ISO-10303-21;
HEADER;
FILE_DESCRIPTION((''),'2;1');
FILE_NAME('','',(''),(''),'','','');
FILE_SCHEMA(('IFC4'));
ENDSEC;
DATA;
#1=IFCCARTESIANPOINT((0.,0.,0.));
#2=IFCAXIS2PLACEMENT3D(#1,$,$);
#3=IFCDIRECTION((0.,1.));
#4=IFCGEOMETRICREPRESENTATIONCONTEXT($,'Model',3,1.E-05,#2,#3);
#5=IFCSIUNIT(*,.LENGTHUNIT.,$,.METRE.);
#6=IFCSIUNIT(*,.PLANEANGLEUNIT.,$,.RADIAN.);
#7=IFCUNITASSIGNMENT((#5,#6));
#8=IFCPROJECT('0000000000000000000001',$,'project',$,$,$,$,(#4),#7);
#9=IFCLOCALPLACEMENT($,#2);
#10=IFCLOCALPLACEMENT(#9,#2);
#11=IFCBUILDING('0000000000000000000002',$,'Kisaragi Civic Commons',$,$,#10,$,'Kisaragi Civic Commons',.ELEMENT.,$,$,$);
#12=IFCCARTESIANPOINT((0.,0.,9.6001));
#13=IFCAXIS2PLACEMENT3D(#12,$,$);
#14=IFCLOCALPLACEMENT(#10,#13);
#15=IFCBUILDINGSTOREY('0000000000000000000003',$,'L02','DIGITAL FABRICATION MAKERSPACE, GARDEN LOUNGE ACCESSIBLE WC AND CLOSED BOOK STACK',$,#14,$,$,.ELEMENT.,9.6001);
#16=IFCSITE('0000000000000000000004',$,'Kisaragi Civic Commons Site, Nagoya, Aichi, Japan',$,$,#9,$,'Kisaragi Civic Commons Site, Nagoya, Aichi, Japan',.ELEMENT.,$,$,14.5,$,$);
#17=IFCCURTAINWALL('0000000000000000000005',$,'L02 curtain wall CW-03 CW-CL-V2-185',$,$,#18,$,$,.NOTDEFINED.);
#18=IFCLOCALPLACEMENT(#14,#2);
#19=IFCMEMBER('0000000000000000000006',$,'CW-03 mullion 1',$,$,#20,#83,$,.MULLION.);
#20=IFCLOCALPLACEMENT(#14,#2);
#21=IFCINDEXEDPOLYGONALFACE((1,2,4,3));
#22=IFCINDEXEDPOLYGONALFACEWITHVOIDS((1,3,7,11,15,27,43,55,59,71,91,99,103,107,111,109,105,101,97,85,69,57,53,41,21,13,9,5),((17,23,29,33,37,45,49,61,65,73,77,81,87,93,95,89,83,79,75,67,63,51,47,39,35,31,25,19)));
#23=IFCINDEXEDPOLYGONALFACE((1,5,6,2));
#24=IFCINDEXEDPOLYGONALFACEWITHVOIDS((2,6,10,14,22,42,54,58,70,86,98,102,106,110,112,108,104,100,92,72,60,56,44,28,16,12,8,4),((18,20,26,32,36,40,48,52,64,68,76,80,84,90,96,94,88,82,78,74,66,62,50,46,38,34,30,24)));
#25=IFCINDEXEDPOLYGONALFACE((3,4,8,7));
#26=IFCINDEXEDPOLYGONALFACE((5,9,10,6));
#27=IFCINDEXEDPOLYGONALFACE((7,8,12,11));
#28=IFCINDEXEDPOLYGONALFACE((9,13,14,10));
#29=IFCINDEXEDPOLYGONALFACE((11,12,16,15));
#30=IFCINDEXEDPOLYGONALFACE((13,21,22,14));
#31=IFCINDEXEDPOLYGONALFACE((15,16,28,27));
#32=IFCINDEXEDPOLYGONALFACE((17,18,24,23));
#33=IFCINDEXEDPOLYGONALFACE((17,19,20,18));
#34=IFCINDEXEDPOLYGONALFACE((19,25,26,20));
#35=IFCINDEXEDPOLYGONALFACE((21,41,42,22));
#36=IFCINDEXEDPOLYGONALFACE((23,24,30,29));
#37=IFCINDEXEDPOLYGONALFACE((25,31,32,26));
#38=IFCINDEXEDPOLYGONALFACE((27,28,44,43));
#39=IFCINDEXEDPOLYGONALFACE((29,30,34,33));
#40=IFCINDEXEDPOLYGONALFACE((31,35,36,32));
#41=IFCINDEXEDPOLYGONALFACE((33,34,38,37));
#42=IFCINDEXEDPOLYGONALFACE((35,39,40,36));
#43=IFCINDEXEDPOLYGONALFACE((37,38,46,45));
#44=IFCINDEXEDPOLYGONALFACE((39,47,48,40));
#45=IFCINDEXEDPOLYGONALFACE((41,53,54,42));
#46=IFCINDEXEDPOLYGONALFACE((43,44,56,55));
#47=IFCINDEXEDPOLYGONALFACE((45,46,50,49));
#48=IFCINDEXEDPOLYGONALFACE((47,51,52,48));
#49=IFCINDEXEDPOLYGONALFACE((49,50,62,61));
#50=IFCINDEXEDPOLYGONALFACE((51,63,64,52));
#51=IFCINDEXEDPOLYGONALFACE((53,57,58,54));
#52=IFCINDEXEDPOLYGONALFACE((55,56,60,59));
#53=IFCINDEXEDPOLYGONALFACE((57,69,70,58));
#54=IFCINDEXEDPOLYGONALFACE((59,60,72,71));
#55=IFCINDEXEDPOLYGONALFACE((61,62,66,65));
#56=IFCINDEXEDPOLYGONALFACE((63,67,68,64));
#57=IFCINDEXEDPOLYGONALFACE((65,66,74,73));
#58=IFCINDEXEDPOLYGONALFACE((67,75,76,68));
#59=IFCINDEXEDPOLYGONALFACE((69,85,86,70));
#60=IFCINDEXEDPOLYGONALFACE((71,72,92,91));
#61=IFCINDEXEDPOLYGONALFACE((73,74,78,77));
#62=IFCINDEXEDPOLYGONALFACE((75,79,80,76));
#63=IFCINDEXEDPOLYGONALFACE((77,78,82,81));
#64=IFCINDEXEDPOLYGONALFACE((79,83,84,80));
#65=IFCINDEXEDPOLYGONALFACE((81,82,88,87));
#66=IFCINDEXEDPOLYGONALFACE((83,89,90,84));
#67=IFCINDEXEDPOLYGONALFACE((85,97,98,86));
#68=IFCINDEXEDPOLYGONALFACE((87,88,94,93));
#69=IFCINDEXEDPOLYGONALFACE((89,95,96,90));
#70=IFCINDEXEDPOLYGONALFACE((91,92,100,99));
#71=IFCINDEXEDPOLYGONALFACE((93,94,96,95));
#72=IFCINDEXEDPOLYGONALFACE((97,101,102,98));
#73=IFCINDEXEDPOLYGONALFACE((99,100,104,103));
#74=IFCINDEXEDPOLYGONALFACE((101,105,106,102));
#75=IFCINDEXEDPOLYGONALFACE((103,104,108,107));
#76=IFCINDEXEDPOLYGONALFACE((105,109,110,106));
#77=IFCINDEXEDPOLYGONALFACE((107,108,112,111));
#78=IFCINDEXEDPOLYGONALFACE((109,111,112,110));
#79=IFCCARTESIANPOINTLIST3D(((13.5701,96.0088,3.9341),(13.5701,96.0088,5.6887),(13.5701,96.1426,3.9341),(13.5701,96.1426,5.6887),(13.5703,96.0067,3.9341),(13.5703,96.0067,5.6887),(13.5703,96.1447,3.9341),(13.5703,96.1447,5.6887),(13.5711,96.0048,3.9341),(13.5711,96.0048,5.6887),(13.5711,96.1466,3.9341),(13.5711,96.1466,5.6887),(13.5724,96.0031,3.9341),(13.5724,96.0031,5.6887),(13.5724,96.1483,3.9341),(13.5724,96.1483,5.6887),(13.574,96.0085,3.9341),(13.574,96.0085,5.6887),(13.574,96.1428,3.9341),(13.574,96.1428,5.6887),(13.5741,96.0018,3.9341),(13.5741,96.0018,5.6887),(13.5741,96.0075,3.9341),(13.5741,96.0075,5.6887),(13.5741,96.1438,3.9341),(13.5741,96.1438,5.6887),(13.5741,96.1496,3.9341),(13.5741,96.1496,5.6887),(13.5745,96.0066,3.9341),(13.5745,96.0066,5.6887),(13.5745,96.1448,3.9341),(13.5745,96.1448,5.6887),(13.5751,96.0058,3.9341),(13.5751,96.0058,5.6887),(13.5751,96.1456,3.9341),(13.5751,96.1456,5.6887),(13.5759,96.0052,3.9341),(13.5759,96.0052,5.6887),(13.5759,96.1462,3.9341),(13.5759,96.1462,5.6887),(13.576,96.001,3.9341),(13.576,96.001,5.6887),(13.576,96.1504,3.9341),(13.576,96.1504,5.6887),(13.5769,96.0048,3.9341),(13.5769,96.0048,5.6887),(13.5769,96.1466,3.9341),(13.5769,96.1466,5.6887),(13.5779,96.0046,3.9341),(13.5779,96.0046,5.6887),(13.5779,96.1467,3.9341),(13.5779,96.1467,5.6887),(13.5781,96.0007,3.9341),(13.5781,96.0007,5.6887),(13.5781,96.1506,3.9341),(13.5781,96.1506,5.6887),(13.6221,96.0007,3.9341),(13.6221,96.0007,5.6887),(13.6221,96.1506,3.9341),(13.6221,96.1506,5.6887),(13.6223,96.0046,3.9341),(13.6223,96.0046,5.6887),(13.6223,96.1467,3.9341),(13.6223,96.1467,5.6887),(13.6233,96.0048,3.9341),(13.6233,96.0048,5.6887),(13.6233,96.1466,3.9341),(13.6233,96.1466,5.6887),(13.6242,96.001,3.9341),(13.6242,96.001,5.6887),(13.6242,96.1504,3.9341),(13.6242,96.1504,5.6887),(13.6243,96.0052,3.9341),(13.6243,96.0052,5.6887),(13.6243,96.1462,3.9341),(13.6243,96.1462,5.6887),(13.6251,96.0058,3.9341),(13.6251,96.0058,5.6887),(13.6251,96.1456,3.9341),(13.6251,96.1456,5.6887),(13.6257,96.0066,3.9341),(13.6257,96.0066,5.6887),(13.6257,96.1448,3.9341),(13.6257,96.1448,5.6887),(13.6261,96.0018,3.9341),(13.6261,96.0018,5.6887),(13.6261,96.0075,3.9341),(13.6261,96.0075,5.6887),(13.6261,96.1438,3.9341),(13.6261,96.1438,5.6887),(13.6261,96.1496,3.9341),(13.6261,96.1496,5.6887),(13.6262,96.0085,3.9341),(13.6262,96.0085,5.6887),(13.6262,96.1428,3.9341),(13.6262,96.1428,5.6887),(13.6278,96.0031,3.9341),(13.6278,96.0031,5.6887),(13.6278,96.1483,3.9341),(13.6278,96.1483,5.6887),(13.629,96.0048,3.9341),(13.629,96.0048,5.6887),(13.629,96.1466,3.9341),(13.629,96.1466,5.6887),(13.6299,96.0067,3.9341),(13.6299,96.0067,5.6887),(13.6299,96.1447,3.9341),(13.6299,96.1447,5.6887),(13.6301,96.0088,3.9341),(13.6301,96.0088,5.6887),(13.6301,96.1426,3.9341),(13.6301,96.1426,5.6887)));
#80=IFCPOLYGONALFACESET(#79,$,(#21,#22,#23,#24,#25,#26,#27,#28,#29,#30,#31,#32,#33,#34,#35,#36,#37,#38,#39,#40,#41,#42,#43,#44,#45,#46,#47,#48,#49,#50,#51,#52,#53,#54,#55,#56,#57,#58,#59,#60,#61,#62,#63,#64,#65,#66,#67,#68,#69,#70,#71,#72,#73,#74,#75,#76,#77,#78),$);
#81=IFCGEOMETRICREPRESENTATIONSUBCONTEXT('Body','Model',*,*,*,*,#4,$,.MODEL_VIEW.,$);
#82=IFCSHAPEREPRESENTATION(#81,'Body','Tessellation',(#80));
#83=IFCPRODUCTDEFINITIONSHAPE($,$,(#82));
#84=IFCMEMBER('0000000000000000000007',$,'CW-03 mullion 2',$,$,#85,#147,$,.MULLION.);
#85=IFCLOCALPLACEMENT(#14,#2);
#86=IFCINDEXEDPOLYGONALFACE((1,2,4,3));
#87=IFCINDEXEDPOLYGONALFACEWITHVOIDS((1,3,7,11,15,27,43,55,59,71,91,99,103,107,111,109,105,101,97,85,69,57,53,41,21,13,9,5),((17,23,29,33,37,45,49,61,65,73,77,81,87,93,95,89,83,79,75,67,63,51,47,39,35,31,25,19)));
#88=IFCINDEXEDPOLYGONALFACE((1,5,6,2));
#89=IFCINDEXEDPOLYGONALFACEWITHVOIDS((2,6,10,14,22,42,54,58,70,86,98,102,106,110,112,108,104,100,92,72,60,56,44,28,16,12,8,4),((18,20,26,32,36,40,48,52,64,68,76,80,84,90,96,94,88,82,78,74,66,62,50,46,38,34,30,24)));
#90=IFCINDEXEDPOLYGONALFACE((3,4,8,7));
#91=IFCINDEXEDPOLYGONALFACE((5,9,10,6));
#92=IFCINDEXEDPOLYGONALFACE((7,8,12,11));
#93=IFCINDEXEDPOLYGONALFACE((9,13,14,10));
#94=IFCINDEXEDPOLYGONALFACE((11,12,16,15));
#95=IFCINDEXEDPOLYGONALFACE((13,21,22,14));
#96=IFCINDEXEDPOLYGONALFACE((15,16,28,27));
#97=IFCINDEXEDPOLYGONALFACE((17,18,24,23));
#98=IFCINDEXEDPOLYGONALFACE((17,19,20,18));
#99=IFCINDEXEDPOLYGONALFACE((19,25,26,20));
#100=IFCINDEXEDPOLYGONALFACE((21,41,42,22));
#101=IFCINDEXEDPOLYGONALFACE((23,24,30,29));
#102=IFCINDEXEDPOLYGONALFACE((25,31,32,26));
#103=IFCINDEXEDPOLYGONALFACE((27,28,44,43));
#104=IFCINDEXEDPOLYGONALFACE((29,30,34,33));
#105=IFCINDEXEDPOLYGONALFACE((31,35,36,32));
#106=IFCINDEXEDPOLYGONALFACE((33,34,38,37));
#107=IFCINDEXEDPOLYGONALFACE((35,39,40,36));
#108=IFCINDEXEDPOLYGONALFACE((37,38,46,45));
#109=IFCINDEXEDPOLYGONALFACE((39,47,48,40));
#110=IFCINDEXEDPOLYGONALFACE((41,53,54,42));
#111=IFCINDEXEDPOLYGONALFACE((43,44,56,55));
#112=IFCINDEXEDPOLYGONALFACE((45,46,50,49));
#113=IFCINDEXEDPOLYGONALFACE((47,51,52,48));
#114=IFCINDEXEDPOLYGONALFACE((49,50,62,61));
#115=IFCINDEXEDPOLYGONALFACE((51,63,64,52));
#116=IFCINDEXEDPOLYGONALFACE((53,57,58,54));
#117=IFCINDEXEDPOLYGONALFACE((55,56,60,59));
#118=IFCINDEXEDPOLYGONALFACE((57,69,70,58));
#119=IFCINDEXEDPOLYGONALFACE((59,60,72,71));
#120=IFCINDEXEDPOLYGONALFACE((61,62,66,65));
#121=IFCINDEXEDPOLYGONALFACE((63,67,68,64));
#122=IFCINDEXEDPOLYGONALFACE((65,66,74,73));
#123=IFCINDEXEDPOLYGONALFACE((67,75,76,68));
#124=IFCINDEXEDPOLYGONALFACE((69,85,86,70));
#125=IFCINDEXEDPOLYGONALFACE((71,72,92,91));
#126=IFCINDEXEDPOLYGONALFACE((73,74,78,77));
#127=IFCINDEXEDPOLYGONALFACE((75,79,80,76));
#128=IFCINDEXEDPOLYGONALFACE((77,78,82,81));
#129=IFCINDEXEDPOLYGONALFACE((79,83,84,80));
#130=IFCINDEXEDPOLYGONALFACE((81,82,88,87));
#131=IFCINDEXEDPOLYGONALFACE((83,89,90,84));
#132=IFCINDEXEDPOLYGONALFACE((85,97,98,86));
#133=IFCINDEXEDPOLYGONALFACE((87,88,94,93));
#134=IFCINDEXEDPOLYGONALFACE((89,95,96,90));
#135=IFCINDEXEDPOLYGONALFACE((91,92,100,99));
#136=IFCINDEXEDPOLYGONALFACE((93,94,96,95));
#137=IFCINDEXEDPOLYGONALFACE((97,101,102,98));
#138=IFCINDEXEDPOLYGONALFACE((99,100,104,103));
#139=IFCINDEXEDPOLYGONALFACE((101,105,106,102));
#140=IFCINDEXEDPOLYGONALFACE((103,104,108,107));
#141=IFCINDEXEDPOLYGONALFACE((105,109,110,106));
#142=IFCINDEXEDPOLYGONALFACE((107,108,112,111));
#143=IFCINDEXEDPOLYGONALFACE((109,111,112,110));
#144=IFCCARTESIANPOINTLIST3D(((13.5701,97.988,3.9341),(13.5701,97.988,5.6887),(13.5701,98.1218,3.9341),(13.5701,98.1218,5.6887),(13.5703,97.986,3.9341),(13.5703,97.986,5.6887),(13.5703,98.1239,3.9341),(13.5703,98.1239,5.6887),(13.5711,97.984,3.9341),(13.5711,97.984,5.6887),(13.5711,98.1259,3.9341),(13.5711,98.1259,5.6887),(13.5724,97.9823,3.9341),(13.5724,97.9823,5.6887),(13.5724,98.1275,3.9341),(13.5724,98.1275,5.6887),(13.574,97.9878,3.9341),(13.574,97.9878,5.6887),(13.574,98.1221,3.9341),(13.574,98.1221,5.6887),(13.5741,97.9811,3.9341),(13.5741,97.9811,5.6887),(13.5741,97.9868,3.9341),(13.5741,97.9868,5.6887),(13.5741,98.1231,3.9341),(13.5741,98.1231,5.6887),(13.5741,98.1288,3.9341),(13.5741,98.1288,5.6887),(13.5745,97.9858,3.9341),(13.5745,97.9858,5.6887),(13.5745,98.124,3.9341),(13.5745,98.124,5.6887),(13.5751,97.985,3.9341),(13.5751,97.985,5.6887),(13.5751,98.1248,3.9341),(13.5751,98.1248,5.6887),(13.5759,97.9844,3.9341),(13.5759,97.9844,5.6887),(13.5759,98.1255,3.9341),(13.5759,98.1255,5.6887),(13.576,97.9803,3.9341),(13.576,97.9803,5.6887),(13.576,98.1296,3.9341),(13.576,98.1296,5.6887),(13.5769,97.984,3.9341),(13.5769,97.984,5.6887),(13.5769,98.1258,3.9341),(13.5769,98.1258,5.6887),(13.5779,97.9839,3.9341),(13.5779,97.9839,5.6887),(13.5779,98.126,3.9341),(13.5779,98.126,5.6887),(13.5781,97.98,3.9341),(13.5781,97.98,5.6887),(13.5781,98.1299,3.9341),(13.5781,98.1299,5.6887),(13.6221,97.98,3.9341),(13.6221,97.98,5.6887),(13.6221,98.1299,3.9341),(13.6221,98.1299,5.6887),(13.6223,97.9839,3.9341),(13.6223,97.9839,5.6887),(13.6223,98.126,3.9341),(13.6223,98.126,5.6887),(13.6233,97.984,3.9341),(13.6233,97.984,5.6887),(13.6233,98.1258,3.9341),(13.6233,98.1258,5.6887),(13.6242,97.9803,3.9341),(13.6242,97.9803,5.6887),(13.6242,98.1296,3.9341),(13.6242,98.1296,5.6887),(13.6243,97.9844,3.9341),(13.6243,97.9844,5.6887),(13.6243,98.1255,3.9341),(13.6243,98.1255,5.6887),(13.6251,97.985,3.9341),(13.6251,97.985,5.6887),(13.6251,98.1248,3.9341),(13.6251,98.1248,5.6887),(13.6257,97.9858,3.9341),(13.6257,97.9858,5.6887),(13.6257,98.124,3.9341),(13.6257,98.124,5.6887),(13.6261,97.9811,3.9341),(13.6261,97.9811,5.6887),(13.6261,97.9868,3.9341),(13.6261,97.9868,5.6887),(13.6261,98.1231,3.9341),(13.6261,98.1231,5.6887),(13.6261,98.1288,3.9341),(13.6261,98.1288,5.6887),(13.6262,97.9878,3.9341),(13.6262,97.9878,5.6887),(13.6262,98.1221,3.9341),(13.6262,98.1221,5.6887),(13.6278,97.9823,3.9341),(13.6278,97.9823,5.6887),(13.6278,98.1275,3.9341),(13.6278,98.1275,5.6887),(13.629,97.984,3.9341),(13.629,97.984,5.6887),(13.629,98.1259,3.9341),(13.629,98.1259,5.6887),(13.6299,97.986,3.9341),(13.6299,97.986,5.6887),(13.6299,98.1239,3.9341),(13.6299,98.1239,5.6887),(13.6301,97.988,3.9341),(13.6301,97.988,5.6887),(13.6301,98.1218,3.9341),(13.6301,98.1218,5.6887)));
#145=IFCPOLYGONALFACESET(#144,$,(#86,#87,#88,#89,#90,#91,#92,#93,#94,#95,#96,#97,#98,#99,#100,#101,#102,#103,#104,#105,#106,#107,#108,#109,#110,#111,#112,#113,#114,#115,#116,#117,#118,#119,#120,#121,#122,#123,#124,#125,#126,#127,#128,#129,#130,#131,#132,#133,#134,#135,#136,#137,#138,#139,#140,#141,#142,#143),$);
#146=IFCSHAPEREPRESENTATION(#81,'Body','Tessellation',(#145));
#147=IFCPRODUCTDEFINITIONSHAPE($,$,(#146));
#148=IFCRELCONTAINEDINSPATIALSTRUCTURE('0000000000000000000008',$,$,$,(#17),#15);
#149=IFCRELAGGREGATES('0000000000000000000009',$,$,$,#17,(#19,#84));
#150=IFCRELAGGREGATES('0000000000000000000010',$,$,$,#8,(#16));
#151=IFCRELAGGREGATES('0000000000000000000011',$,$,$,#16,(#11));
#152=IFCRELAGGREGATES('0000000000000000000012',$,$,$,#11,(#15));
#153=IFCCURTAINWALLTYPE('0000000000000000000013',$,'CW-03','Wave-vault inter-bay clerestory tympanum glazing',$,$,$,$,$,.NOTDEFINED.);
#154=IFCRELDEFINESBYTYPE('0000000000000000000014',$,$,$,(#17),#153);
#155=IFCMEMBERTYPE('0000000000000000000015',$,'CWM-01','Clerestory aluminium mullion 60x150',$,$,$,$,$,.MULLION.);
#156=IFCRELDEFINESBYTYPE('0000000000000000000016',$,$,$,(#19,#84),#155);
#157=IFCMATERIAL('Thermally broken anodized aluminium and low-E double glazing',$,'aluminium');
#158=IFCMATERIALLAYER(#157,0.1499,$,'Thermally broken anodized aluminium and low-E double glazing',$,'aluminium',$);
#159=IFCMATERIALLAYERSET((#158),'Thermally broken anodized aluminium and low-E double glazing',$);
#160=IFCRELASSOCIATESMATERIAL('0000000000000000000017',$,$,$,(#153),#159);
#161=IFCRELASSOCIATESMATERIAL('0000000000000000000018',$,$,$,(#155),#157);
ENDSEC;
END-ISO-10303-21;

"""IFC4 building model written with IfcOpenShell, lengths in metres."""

from ifc_helpers import new_model, si_unit, direction, frame, origin, origin_2d, place, context, subcontext, project, spatial, hollow_rectangle, extrude, material, layer, layer_set, material_profile, profile_set, type_object, element, aggregate, save


model = new_model("IFC4")

# Units and contexts
model_context = context("Model", 3, precision=1e-05, world=origin(), true_north=direction((0.0, 1.0)))
body_context = subcontext(model_context, "Body", "Model", "MODEL_VIEW")
ifc_project = project(units=[si_unit("LENGTHUNIT", "METRE"), si_unit("PLANEANGLEUNIT", "RADIAN")], contexts=[model_context])

# Site, building, storey
site_placement = place(None, origin())
site = spatial("IfcSite", under=ifc_project, at=site_placement, Name="Kisaragi Civic Commons Site, Nagoya, Aichi, Japan", LongName="Kisaragi Civic Commons Site, Nagoya, Aichi, Japan", CompositionType="ELEMENT", RefElevation=14.5)
building_placement = place(site_placement, origin())
building = spatial("IfcBuilding", under=site, at=building_placement, Name="Kisaragi Civic Commons", LongName="Kisaragi Civic Commons", CompositionType="ELEMENT")
storey_placement = place(building_placement, frame((0.0, 0.0, 9.6001)))
storey = spatial("IfcBuildingStorey", under=building, at=storey_placement, Name="L02", Description="DIGITAL FABRICATION MAKERSPACE, GARDEN LOUNGE ACCESSIBLE WC AND CLOSED BOOK STACK", CompositionType="ELEMENT", Elevation=9.6001)

# Curtain wall, members
ifc_material_1 = material(Name="Thermally broken anodized aluminium and low-E double glazing", Category="aluminium")
ifc_layer_1 = layer(ifc_material_1, 0.1499, Name="Thermally broken anodized aluminium and low-E double glazing", Category="aluminium")
ifc_layer_set_1 = layer_set([ifc_layer_1], Name="Thermally broken anodized aluminium and low-E double glazing")
curtain_wall_type = type_object("IfcCurtainWallType", Name="CW-03", Description="Wave-vault inter-bay clerestory tympanum glazing", PredefinedType="NOTDEFINED", material=ifc_layer_set_1)
curtain_wall_1_placement = place(storey_placement, origin())
curtain_wall_1 = element("IfcCurtainWall", 1, at=curtain_wall_1_placement, inside=storey, type_object=curtain_wall_type, Name="L02 curtain wall CW-03 CW-CL-V2-185", PredefinedType="NOTDEFINED")
ifc_material_profile_1 = material_profile(ifc_material_1, hollow_rectangle(XDim=0.0601, YDim=0.1499, WallThickness=0.0039, InnerFilletRadius=0.0039, OuterFilletRadius=0.0081, at=origin_2d()), Name="CWM-60x150x4", Category="aluminium")
ifc_profile_set_1 = profile_set([ifc_material_profile_1], Name="Thermally broken anodized aluminium and low-E double glazing")
member_type_1 = type_object("IfcMemberType", Name="CWM-01", Description="Clerestory aluminium mullion 60x150", PredefinedType="MULLION", material=ifc_profile_set_1)
member_1_placement = place(storey_placement, frame((13.6001, 96.0757, 3.9341), z_axis=(0.0, 0.0, 1.0), x_axis=(-1.0, 0.0, 0.0)))
member_1 = element("IfcMember", 2, at=member_1_placement, type_object=member_type_1, Name="CW-03 mullion 1", PredefinedType="MULLION", context=body_context, shape_type="SweptSolid", body=[
    extrude(hollow_rectangle(XDim=0.0601, YDim=0.1499, WallThickness=0.0039, InnerFilletRadius=0.0039, OuterFilletRadius=0.0081, at=origin_2d()), origin(), (0.0, 0.0, 1.0), 1.7546),
])
member_2_placement = place(storey_placement, frame((13.6001, 98.0549, 3.9341), z_axis=(0.0, 0.0, 1.0), x_axis=(-1.0, 0.0, 0.0)))
member_2 = element("IfcMember", 3, at=member_2_placement, type_object=member_type_1, Name="CW-03 mullion 2", PredefinedType="MULLION", context=body_context, shape_type="SweptSolid", body=[
    extrude(hollow_rectangle(XDim=0.0601, YDim=0.1499, WallThickness=0.0039, InnerFilletRadius=0.0039, OuterFilletRadius=0.0081, at=origin_2d()), origin(), (0.0, 0.0, 1.0), 1.7546),
])

aggregate(curtain_wall_1, [member_1, member_2])

save(model, "model.ifc")
